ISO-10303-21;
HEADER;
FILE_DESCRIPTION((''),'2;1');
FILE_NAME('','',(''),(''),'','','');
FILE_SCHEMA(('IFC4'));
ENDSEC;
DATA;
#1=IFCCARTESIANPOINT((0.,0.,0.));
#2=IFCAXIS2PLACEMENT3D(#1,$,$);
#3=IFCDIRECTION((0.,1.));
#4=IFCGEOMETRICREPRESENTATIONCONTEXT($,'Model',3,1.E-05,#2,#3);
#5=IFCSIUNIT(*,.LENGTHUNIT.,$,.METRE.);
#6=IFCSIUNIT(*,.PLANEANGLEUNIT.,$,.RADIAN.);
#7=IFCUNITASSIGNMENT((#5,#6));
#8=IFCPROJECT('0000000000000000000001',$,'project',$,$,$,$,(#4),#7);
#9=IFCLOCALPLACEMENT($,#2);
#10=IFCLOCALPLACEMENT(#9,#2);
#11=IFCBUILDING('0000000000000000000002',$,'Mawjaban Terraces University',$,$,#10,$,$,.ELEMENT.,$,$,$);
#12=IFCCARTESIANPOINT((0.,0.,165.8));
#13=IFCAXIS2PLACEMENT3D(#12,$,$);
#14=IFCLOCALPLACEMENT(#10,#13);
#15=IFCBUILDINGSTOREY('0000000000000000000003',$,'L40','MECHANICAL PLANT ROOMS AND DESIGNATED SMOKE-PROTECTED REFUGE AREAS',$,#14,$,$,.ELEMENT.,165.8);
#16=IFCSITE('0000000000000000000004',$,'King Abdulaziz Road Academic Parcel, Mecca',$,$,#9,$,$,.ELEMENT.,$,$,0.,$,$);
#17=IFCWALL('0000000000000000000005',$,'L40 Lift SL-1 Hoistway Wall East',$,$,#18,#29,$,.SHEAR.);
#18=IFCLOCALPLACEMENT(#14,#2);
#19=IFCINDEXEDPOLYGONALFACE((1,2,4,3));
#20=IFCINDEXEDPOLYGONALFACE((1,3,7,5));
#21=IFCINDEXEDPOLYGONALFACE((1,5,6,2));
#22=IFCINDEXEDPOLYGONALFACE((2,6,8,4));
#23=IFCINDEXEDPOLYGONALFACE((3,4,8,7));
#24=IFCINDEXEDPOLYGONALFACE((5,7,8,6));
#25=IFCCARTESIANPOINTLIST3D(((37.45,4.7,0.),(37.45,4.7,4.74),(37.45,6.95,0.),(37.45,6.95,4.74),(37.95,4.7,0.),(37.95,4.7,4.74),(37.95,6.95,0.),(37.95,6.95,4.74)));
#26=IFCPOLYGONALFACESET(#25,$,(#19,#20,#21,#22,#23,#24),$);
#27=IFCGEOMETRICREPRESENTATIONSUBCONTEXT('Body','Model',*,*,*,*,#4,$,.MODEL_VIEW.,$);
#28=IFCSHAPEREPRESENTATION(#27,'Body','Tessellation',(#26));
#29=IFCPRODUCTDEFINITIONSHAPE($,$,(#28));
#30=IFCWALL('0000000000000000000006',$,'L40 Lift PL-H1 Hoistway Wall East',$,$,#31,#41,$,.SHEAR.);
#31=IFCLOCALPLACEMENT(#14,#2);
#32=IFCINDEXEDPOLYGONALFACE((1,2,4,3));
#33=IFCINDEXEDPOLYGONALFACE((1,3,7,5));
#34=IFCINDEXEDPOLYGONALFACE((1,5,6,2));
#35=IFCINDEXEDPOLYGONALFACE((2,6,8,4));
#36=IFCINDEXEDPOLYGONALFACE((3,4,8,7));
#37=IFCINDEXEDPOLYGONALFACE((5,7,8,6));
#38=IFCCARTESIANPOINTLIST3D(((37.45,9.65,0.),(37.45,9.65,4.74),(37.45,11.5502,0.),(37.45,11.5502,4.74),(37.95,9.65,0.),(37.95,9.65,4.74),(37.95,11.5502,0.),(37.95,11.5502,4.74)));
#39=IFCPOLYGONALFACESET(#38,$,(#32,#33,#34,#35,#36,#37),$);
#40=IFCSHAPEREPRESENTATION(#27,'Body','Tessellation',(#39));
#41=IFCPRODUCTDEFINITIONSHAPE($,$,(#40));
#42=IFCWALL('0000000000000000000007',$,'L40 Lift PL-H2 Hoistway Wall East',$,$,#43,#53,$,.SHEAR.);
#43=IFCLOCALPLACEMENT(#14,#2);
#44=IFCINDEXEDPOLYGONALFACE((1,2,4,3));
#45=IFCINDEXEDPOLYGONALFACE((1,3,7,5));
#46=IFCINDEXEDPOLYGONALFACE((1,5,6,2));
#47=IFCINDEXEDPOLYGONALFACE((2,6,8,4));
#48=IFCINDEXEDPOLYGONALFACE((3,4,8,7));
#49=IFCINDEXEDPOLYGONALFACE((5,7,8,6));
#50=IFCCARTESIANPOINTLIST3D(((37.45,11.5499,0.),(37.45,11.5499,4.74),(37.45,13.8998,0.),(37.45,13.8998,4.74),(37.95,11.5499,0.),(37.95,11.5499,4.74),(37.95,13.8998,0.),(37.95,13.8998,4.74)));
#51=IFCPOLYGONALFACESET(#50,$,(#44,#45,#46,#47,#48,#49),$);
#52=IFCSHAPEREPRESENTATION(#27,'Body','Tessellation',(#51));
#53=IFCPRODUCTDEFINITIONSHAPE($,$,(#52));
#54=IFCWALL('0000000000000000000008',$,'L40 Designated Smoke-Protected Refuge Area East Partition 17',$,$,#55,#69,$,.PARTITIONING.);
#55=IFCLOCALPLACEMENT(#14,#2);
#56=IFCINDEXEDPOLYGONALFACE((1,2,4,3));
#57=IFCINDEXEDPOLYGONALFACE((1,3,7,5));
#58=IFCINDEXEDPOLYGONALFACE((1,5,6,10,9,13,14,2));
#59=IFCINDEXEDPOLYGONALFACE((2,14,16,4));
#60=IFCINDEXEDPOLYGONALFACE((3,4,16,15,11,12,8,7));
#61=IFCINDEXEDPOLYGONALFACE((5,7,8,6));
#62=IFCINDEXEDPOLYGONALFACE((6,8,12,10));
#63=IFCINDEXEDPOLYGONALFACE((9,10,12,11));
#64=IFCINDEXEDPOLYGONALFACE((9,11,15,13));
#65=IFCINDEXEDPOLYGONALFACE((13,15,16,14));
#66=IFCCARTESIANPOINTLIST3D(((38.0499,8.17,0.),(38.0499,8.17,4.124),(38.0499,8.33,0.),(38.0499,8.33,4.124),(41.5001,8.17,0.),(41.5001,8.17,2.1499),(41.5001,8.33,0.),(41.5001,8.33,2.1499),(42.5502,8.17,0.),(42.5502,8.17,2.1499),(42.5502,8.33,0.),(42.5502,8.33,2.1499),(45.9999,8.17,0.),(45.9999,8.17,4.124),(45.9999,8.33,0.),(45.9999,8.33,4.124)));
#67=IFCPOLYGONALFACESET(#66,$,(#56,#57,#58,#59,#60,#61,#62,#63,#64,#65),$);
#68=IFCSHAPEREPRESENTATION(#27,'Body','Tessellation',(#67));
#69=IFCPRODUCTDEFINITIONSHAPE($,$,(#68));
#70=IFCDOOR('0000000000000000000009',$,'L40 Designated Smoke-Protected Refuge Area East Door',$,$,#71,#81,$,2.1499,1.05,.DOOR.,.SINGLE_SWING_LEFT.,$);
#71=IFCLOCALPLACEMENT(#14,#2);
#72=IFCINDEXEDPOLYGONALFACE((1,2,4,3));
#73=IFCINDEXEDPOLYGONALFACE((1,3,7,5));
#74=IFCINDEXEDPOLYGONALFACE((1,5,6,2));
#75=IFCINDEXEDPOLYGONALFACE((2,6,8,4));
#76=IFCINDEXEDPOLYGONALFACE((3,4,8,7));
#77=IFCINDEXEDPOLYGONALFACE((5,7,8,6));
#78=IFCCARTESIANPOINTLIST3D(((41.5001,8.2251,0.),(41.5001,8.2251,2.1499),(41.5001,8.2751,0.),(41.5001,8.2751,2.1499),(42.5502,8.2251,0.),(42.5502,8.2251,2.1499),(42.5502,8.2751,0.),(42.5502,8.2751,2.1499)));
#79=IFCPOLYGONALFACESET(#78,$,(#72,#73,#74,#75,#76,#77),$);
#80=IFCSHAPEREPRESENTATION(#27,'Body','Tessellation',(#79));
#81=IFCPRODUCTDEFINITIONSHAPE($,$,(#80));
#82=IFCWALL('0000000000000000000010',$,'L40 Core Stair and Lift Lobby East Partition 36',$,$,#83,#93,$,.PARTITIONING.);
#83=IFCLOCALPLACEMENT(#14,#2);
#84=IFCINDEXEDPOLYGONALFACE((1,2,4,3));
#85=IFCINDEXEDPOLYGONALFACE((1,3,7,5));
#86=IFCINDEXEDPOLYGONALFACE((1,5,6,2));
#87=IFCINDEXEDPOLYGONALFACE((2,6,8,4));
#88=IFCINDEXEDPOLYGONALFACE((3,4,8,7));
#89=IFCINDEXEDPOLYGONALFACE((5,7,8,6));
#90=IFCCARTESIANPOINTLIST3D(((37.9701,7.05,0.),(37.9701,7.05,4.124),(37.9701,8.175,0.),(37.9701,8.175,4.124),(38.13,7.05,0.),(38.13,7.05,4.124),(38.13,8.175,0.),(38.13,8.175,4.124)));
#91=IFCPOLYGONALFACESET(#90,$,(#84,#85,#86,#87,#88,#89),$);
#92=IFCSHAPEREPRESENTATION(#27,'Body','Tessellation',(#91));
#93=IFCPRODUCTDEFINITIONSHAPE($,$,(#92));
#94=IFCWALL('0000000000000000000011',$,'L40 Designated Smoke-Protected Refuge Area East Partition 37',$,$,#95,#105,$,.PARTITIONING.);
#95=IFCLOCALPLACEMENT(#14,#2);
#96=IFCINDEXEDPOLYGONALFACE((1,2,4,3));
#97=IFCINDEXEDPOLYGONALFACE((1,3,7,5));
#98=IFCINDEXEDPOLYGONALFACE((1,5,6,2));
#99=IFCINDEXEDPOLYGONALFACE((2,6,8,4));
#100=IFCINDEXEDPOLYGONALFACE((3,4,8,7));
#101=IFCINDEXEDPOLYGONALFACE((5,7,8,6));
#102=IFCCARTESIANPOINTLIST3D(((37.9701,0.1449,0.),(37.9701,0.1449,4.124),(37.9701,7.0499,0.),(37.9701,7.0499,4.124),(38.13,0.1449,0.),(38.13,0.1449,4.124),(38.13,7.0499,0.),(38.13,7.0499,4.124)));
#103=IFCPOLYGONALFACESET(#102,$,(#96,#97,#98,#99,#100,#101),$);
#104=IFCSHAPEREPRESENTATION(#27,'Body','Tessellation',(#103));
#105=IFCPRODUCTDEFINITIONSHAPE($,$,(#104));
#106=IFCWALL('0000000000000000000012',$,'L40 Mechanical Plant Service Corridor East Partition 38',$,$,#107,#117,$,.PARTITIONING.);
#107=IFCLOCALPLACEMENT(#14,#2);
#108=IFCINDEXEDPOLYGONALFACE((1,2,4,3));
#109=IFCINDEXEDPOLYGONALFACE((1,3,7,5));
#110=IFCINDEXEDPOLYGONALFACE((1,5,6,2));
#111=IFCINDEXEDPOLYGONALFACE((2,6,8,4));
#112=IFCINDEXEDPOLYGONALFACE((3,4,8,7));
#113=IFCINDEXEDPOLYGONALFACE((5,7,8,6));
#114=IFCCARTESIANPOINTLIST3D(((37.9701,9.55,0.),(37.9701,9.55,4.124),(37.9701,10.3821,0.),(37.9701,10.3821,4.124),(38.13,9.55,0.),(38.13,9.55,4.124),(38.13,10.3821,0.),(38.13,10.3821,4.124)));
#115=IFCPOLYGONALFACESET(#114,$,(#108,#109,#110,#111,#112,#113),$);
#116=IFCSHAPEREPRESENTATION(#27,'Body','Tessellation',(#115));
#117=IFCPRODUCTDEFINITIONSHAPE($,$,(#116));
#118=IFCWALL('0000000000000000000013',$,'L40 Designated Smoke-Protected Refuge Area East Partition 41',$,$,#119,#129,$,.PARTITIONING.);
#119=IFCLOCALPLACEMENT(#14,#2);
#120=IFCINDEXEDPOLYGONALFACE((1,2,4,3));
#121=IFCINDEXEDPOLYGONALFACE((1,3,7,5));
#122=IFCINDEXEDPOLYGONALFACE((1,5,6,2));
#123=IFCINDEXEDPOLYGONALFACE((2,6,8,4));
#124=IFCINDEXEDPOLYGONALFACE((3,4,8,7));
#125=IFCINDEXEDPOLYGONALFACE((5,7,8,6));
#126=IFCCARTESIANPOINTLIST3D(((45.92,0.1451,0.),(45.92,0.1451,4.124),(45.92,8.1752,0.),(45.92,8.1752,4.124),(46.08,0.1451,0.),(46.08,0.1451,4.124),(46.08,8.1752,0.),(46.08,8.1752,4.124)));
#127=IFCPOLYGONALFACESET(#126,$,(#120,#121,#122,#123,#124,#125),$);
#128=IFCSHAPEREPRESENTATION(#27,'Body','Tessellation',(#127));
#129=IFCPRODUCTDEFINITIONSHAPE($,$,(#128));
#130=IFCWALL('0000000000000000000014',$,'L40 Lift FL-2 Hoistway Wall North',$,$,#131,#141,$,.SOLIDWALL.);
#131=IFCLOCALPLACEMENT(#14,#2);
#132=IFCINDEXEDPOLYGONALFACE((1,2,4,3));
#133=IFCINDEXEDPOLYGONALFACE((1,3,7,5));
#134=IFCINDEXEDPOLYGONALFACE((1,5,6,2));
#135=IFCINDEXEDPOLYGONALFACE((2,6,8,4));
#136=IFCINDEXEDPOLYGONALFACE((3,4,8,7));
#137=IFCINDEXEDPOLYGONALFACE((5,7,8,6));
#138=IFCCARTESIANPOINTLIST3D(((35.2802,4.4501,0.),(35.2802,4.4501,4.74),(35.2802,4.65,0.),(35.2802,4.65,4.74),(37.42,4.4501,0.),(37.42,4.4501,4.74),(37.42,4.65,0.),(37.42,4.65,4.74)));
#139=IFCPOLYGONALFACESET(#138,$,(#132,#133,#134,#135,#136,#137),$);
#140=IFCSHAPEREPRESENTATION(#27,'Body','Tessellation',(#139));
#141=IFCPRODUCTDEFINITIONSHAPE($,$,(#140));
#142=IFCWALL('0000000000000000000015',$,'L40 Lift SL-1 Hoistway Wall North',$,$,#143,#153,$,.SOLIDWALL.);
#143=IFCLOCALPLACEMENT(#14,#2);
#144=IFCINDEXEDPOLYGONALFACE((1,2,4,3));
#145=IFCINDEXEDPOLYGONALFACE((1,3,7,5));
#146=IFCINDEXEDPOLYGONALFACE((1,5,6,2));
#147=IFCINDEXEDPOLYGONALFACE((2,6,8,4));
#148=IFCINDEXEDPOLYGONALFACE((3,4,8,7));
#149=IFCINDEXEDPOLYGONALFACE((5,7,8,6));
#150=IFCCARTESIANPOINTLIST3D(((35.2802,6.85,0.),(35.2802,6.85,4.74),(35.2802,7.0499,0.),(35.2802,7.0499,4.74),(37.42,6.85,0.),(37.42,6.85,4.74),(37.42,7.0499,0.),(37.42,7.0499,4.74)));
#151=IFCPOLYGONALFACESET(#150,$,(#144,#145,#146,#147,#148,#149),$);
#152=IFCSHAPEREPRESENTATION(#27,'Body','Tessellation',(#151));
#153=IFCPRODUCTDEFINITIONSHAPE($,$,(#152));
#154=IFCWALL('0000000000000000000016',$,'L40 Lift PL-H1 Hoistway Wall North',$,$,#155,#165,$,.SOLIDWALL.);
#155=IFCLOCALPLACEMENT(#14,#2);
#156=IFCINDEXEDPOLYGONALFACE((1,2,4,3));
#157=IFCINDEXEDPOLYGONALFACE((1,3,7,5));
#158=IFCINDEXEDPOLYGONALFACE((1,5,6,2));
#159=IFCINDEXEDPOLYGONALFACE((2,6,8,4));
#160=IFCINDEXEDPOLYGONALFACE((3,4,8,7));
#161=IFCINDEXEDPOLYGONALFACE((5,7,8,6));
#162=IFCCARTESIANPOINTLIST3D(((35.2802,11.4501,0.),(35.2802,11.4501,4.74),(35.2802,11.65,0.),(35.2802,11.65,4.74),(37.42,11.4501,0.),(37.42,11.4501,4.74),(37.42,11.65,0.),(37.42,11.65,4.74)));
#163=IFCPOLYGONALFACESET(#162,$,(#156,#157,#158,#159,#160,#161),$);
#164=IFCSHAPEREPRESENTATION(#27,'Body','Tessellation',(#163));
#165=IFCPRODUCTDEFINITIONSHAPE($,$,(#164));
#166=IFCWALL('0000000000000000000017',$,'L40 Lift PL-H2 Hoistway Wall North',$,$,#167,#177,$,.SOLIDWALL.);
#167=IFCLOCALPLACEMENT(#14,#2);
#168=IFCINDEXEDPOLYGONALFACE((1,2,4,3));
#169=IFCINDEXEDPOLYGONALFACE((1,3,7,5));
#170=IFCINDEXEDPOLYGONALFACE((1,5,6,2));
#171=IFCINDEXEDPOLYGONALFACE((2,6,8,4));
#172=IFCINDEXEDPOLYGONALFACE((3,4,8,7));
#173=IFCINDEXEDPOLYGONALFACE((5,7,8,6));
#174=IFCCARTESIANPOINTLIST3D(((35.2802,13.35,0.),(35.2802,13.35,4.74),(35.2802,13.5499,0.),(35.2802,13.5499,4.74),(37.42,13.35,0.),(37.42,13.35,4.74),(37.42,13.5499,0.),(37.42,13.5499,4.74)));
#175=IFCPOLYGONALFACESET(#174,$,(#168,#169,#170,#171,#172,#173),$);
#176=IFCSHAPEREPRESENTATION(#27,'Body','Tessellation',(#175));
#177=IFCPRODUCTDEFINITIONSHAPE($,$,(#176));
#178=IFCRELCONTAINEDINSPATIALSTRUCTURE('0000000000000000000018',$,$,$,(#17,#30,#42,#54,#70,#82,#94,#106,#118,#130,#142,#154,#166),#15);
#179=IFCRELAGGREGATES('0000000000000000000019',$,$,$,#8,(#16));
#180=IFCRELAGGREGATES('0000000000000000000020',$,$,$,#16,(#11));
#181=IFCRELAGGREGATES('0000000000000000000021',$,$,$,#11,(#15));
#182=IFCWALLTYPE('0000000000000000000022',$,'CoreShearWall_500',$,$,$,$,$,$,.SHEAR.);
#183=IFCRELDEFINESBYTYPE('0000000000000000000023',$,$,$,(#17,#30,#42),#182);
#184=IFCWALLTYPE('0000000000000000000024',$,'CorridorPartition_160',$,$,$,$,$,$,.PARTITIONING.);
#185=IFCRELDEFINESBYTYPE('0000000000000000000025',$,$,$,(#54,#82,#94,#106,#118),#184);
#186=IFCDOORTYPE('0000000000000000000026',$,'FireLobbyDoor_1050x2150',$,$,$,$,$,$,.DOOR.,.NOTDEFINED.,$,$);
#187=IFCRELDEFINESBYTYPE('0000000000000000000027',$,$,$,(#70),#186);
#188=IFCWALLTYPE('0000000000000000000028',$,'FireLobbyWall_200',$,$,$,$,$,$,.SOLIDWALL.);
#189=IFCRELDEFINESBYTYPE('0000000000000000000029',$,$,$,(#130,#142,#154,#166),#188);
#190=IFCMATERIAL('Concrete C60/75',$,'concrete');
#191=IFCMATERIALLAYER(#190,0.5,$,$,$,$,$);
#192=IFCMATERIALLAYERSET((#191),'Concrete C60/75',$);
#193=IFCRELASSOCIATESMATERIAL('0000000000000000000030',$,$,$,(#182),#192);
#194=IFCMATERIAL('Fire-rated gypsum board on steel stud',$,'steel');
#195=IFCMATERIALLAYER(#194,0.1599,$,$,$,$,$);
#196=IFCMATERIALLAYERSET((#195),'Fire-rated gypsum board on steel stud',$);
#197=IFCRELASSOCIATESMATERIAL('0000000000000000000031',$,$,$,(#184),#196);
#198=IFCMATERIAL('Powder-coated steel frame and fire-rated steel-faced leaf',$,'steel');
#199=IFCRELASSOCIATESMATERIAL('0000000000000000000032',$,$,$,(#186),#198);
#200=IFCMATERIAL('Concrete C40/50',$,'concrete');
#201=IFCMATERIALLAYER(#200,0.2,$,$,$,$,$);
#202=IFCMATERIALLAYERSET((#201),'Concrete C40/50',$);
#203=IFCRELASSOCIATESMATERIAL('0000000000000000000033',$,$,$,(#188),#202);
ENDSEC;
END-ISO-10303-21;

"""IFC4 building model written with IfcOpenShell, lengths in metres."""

from ifc_helpers import new_model, si_unit, direction, frame, frame_2d, origin, place, context, subcontext, project, spatial, rectangle, extrude, material, layer, layer_set, type_object, element, fill, save


model = new_model("IFC4")

# Units and contexts
model_context = context("Model", 3, precision=1e-05, world=origin(), true_north=direction((0.0, 1.0)))
body_context = subcontext(model_context, "Body", "Model", "MODEL_VIEW")
ifc_project = project(units=[si_unit("LENGTHUNIT", "METRE"), si_unit("PLANEANGLEUNIT", "RADIAN")], contexts=[model_context])

# Site, building, storey
site_placement = place(None, origin())
site = spatial("IfcSite", under=ifc_project, at=site_placement, Name="King Abdulaziz Road Academic Parcel, Mecca", CompositionType="ELEMENT", RefElevation=0.0)
building_placement = place(site_placement, origin())
building = spatial("IfcBuilding", under=site, at=building_placement, Name="Mawjaban Terraces University", CompositionType="ELEMENT")
storey_placement = place(building_placement, frame((0.0, 0.0, 165.8)))
storey = spatial("IfcBuildingStorey", under=building, at=storey_placement, Name="L40", Description="MECHANICAL PLANT ROOMS AND DESIGNATED SMOKE-PROTECTED REFUGE AREAS", CompositionType="ELEMENT", Elevation=165.8)

# Shared definitions
ifc_material_1 = material(Name="Concrete C60/75", Category="concrete")

# Walls
ifc_layer_1 = layer(ifc_material_1, 0.5)
ifc_layer_set_1 = layer_set([ifc_layer_1], Name="Concrete C60/75")
wall_type_1 = type_object("IfcWallType", Name="CoreShearWall_500", PredefinedType="SHEAR", material=ifc_layer_set_1)
wall_1_placement = place(storey_placement, frame((37.7, 4.7, 0.0), z_axis=(0.0, 0.0, 1.0), x_axis=(0.0, 1.0, 0.0)))
element("IfcWall", 1, at=wall_1_placement, inside=storey, type_object=wall_type_1, Name="L40 Lift SL-1 Hoistway Wall East", PredefinedType="SHEAR", context=body_context, shape_type="SweptSolid", body=[
    extrude(rectangle(XDim=2.25, YDim=0.5, at=frame_2d((1.125, 0.0))), origin(), (0.0, 0.0, 1.0), 4.74),
])
wall_2_placement = place(storey_placement, frame((37.7, 9.6499, 0.0), z_axis=(0.0, 0.0, 1.0), x_axis=(0.0, 1.0, 0.0)))
element("IfcWall", 2, at=wall_2_placement, inside=storey, type_object=wall_type_1, Name="L40 Lift PL-H1 Hoistway Wall East", PredefinedType="SHEAR", context=body_context, shape_type="SweptSolid", body=[
    extrude(rectangle(XDim=1.9001, YDim=0.5, at=frame_2d((0.9502, 0.0))), origin(), (0.0, 0.0, 1.0), 4.74),
])
wall_3_placement = place(storey_placement, frame((37.7, 11.55, 0.0), z_axis=(0.0, 0.0, 1.0), x_axis=(0.0, 1.0, 0.0)))
element("IfcWall", 3, at=wall_3_placement, inside=storey, type_object=wall_type_1, Name="L40 Lift PL-H2 Hoistway Wall East", PredefinedType="SHEAR", context=body_context, shape_type="SweptSolid", body=[
    extrude(rectangle(XDim=2.3499, YDim=0.5, at=frame_2d((1.1748, 0.0))), origin(), (0.0, 0.0, 1.0), 4.74),
])

# Wall, opening, door
ifc_material_2 = material(Name="Fire-rated gypsum board on steel stud", Category="steel")
ifc_layer_2 = layer(ifc_material_2, 0.1599)
ifc_layer_set_2 = layer_set([ifc_layer_2], Name="Fire-rated gypsum board on steel stud")
wall_type_2 = type_object("IfcWallType", Name="CorridorPartition_160", PredefinedType="PARTITIONING", material=ifc_layer_set_2)
wall_4_placement = place(storey_placement, frame((46.0, 8.25, 0.0), z_axis=(0.0, 0.0, 1.0), x_axis=(-1.0, 0.0, 0.0)))
wall_4 = element("IfcWall", 4, at=wall_4_placement, inside=storey, type_object=wall_type_2, Name="L40 Designated Smoke-Protected Refuge Area East Partition 17", PredefinedType="PARTITIONING", context=body_context, shape_type="SweptSolid", body=[
    extrude(rectangle(XDim=7.95, YDim=0.1599, at=frame_2d((3.9751, 0.0))), origin(), (0.0, 0.0, 1.0), 4.124),
])
opening_1_placement = place(wall_4_placement, frame((3.45, 0.0, 0.0)))
opening_1 = element("IfcOpeningElement", 5, at=opening_1_placement, cuts=wall_4, PredefinedType="OPENING", context=body_context, shape_type="SweptSolid", body=[
    extrude(rectangle(XDim=1.05, YDim=2.1499, at=frame_2d((0.5249, 1.075))), frame((0.0, 0.0898, 0.0), z_axis=(0.0, -1.0, 0.0), x_axis=(1.0, 0.0, 0.0)), (0.0, 0.0, 1.0), 0.1799),
])
ifc_material_3 = material(Name="Powder-coated steel frame and fire-rated steel-faced leaf", Category="steel")
door_type_1 = type_object("IfcDoorType", Name="FireLobbyDoor_1050x2150", OperationType="NOTDEFINED", PredefinedType="DOOR", material=ifc_material_3)
door_1_placement = place(opening_1_placement, origin())
door_1 = element("IfcDoor", 6, at=door_1_placement, inside=storey, type_object=door_type_1, Name="L40 Designated Smoke-Protected Refuge Area East Door", OperationType="SINGLE_SWING_LEFT", OverallHeight=2.1499, OverallWidth=1.05, PredefinedType="DOOR", context=body_context, shape_type="SweptSolid", body=[
    extrude(rectangle(XDim=1.05, YDim=2.1499, at=frame_2d((0.5249, 1.075))), frame((0.0, 0.0249, 0.0), z_axis=(0.0, -1.0, 0.0), x_axis=(1.0, 0.0, 0.0)), (0.0, 0.0, 1.0), 0.05),
])
fill(opening_1, door_1)

# Walls
wall_5_placement = place(storey_placement, frame((38.05, 7.05, 0.0), z_axis=(0.0, 0.0, 1.0), x_axis=(0.0, 1.0, 0.0)))
element("IfcWall", 7, at=wall_5_placement, inside=storey, type_object=wall_type_2, Name="L40 Core Stair and Lift Lobby East Partition 36", PredefinedType="PARTITIONING", context=body_context, shape_type="SweptSolid", body=[
    extrude(rectangle(XDim=1.125, YDim=0.1599, at=frame_2d((0.5625, 0.0))), origin(), (0.0, 0.0, 1.0), 4.124),
])
wall_6_placement = place(storey_placement, frame((38.05, 7.05, 0.0), z_axis=(0.0, 0.0, 1.0), x_axis=(0.0, -1.0, 0.0)))
element("IfcWall", 8, at=wall_6_placement, inside=storey, type_object=wall_type_2, Name="L40 Designated Smoke-Protected Refuge Area East Partition 37", PredefinedType="PARTITIONING", context=body_context, shape_type="SweptSolid", body=[
    extrude(rectangle(XDim=6.905, YDim=0.1599, at=frame_2d((3.4526, 0.0))), origin(), (0.0, 0.0, 1.0), 4.124),
])
wall_7_placement = place(storey_placement, frame((38.05, 10.3821, 0.0), z_axis=(0.0, 0.0, 1.0), x_axis=(0.0, -1.0, 0.0)))
element("IfcWall", 9, at=wall_7_placement, inside=storey, type_object=wall_type_2, Name="L40 Mechanical Plant Service Corridor East Partition 38", PredefinedType="PARTITIONING", context=body_context, shape_type="SweptSolid", body=[
    extrude(rectangle(XDim=0.832, YDim=0.1599, at=frame_2d((0.416, 0.0))), origin(), (0.0, 0.0, 1.0), 4.124),
])
wall_8_placement = place(storey_placement, frame((46.0, 0.145, 0.0), z_axis=(0.0, 0.0, 1.0), x_axis=(0.0, 1.0, 0.0)))
element("IfcWall", 10, at=wall_8_placement, inside=storey, type_object=wall_type_2, Name="L40 Designated Smoke-Protected Refuge Area East Partition 41", PredefinedType="PARTITIONING", context=body_context, shape_type="SweptSolid", body=[
    extrude(rectangle(XDim=8.03, YDim=0.1599, at=frame_2d((4.0151, 0.0))), origin(), (0.0, 0.0, 1.0), 4.124),
])
ifc_material_4 = material(Name="Concrete C40/50", Category="concrete")
ifc_layer_3 = layer(ifc_material_4, 0.2)
ifc_layer_set_3 = layer_set([ifc_layer_3], Name="Concrete C40/50")
wall_type_3 = type_object("IfcWallType", Name="FireLobbyWall_200", PredefinedType="SOLIDWALL", material=ifc_layer_set_3)
for number, where, z_axis, x_axis, name in (
    (11, (37.4199, 4.55, 0.0), (0.0, 0.0, 1.0), (-1.0, 0.0, 0.0), "L40 Lift FL-2 Hoistway Wall North"),
    (12, (37.4199, 6.95, 0.0), (0.0, 0.0, 1.0), (-1.0, 0.0, 0.0), "L40 Lift SL-1 Hoistway Wall North"),
    (13, (37.4199, 11.55, 0.0), (0.0, 0.0, 1.0), (-1.0, 0.0, 0.0), "L40 Lift PL-H1 Hoistway Wall North"),
    (14, (37.4199, 13.45, 0.0), (0.0, 0.0, 1.0), (-1.0, 0.0, 0.0), "L40 Lift PL-H2 Hoistway Wall North"),
):
    element("IfcWall", number, at=place(storey_placement, frame(where, z_axis=z_axis, x_axis=x_axis)), inside=storey, type_object=wall_type_3, Name=name, PredefinedType="SOLIDWALL", context=body_context, shape_type="SweptSolid", body=[
        extrude(rectangle(XDim=2.1399, YDim=0.2, at=frame_2d((1.0698, 0.0))), origin(), (0.0, 0.0, 1.0), 4.74),
    ])

save(model, "model.ifc")
